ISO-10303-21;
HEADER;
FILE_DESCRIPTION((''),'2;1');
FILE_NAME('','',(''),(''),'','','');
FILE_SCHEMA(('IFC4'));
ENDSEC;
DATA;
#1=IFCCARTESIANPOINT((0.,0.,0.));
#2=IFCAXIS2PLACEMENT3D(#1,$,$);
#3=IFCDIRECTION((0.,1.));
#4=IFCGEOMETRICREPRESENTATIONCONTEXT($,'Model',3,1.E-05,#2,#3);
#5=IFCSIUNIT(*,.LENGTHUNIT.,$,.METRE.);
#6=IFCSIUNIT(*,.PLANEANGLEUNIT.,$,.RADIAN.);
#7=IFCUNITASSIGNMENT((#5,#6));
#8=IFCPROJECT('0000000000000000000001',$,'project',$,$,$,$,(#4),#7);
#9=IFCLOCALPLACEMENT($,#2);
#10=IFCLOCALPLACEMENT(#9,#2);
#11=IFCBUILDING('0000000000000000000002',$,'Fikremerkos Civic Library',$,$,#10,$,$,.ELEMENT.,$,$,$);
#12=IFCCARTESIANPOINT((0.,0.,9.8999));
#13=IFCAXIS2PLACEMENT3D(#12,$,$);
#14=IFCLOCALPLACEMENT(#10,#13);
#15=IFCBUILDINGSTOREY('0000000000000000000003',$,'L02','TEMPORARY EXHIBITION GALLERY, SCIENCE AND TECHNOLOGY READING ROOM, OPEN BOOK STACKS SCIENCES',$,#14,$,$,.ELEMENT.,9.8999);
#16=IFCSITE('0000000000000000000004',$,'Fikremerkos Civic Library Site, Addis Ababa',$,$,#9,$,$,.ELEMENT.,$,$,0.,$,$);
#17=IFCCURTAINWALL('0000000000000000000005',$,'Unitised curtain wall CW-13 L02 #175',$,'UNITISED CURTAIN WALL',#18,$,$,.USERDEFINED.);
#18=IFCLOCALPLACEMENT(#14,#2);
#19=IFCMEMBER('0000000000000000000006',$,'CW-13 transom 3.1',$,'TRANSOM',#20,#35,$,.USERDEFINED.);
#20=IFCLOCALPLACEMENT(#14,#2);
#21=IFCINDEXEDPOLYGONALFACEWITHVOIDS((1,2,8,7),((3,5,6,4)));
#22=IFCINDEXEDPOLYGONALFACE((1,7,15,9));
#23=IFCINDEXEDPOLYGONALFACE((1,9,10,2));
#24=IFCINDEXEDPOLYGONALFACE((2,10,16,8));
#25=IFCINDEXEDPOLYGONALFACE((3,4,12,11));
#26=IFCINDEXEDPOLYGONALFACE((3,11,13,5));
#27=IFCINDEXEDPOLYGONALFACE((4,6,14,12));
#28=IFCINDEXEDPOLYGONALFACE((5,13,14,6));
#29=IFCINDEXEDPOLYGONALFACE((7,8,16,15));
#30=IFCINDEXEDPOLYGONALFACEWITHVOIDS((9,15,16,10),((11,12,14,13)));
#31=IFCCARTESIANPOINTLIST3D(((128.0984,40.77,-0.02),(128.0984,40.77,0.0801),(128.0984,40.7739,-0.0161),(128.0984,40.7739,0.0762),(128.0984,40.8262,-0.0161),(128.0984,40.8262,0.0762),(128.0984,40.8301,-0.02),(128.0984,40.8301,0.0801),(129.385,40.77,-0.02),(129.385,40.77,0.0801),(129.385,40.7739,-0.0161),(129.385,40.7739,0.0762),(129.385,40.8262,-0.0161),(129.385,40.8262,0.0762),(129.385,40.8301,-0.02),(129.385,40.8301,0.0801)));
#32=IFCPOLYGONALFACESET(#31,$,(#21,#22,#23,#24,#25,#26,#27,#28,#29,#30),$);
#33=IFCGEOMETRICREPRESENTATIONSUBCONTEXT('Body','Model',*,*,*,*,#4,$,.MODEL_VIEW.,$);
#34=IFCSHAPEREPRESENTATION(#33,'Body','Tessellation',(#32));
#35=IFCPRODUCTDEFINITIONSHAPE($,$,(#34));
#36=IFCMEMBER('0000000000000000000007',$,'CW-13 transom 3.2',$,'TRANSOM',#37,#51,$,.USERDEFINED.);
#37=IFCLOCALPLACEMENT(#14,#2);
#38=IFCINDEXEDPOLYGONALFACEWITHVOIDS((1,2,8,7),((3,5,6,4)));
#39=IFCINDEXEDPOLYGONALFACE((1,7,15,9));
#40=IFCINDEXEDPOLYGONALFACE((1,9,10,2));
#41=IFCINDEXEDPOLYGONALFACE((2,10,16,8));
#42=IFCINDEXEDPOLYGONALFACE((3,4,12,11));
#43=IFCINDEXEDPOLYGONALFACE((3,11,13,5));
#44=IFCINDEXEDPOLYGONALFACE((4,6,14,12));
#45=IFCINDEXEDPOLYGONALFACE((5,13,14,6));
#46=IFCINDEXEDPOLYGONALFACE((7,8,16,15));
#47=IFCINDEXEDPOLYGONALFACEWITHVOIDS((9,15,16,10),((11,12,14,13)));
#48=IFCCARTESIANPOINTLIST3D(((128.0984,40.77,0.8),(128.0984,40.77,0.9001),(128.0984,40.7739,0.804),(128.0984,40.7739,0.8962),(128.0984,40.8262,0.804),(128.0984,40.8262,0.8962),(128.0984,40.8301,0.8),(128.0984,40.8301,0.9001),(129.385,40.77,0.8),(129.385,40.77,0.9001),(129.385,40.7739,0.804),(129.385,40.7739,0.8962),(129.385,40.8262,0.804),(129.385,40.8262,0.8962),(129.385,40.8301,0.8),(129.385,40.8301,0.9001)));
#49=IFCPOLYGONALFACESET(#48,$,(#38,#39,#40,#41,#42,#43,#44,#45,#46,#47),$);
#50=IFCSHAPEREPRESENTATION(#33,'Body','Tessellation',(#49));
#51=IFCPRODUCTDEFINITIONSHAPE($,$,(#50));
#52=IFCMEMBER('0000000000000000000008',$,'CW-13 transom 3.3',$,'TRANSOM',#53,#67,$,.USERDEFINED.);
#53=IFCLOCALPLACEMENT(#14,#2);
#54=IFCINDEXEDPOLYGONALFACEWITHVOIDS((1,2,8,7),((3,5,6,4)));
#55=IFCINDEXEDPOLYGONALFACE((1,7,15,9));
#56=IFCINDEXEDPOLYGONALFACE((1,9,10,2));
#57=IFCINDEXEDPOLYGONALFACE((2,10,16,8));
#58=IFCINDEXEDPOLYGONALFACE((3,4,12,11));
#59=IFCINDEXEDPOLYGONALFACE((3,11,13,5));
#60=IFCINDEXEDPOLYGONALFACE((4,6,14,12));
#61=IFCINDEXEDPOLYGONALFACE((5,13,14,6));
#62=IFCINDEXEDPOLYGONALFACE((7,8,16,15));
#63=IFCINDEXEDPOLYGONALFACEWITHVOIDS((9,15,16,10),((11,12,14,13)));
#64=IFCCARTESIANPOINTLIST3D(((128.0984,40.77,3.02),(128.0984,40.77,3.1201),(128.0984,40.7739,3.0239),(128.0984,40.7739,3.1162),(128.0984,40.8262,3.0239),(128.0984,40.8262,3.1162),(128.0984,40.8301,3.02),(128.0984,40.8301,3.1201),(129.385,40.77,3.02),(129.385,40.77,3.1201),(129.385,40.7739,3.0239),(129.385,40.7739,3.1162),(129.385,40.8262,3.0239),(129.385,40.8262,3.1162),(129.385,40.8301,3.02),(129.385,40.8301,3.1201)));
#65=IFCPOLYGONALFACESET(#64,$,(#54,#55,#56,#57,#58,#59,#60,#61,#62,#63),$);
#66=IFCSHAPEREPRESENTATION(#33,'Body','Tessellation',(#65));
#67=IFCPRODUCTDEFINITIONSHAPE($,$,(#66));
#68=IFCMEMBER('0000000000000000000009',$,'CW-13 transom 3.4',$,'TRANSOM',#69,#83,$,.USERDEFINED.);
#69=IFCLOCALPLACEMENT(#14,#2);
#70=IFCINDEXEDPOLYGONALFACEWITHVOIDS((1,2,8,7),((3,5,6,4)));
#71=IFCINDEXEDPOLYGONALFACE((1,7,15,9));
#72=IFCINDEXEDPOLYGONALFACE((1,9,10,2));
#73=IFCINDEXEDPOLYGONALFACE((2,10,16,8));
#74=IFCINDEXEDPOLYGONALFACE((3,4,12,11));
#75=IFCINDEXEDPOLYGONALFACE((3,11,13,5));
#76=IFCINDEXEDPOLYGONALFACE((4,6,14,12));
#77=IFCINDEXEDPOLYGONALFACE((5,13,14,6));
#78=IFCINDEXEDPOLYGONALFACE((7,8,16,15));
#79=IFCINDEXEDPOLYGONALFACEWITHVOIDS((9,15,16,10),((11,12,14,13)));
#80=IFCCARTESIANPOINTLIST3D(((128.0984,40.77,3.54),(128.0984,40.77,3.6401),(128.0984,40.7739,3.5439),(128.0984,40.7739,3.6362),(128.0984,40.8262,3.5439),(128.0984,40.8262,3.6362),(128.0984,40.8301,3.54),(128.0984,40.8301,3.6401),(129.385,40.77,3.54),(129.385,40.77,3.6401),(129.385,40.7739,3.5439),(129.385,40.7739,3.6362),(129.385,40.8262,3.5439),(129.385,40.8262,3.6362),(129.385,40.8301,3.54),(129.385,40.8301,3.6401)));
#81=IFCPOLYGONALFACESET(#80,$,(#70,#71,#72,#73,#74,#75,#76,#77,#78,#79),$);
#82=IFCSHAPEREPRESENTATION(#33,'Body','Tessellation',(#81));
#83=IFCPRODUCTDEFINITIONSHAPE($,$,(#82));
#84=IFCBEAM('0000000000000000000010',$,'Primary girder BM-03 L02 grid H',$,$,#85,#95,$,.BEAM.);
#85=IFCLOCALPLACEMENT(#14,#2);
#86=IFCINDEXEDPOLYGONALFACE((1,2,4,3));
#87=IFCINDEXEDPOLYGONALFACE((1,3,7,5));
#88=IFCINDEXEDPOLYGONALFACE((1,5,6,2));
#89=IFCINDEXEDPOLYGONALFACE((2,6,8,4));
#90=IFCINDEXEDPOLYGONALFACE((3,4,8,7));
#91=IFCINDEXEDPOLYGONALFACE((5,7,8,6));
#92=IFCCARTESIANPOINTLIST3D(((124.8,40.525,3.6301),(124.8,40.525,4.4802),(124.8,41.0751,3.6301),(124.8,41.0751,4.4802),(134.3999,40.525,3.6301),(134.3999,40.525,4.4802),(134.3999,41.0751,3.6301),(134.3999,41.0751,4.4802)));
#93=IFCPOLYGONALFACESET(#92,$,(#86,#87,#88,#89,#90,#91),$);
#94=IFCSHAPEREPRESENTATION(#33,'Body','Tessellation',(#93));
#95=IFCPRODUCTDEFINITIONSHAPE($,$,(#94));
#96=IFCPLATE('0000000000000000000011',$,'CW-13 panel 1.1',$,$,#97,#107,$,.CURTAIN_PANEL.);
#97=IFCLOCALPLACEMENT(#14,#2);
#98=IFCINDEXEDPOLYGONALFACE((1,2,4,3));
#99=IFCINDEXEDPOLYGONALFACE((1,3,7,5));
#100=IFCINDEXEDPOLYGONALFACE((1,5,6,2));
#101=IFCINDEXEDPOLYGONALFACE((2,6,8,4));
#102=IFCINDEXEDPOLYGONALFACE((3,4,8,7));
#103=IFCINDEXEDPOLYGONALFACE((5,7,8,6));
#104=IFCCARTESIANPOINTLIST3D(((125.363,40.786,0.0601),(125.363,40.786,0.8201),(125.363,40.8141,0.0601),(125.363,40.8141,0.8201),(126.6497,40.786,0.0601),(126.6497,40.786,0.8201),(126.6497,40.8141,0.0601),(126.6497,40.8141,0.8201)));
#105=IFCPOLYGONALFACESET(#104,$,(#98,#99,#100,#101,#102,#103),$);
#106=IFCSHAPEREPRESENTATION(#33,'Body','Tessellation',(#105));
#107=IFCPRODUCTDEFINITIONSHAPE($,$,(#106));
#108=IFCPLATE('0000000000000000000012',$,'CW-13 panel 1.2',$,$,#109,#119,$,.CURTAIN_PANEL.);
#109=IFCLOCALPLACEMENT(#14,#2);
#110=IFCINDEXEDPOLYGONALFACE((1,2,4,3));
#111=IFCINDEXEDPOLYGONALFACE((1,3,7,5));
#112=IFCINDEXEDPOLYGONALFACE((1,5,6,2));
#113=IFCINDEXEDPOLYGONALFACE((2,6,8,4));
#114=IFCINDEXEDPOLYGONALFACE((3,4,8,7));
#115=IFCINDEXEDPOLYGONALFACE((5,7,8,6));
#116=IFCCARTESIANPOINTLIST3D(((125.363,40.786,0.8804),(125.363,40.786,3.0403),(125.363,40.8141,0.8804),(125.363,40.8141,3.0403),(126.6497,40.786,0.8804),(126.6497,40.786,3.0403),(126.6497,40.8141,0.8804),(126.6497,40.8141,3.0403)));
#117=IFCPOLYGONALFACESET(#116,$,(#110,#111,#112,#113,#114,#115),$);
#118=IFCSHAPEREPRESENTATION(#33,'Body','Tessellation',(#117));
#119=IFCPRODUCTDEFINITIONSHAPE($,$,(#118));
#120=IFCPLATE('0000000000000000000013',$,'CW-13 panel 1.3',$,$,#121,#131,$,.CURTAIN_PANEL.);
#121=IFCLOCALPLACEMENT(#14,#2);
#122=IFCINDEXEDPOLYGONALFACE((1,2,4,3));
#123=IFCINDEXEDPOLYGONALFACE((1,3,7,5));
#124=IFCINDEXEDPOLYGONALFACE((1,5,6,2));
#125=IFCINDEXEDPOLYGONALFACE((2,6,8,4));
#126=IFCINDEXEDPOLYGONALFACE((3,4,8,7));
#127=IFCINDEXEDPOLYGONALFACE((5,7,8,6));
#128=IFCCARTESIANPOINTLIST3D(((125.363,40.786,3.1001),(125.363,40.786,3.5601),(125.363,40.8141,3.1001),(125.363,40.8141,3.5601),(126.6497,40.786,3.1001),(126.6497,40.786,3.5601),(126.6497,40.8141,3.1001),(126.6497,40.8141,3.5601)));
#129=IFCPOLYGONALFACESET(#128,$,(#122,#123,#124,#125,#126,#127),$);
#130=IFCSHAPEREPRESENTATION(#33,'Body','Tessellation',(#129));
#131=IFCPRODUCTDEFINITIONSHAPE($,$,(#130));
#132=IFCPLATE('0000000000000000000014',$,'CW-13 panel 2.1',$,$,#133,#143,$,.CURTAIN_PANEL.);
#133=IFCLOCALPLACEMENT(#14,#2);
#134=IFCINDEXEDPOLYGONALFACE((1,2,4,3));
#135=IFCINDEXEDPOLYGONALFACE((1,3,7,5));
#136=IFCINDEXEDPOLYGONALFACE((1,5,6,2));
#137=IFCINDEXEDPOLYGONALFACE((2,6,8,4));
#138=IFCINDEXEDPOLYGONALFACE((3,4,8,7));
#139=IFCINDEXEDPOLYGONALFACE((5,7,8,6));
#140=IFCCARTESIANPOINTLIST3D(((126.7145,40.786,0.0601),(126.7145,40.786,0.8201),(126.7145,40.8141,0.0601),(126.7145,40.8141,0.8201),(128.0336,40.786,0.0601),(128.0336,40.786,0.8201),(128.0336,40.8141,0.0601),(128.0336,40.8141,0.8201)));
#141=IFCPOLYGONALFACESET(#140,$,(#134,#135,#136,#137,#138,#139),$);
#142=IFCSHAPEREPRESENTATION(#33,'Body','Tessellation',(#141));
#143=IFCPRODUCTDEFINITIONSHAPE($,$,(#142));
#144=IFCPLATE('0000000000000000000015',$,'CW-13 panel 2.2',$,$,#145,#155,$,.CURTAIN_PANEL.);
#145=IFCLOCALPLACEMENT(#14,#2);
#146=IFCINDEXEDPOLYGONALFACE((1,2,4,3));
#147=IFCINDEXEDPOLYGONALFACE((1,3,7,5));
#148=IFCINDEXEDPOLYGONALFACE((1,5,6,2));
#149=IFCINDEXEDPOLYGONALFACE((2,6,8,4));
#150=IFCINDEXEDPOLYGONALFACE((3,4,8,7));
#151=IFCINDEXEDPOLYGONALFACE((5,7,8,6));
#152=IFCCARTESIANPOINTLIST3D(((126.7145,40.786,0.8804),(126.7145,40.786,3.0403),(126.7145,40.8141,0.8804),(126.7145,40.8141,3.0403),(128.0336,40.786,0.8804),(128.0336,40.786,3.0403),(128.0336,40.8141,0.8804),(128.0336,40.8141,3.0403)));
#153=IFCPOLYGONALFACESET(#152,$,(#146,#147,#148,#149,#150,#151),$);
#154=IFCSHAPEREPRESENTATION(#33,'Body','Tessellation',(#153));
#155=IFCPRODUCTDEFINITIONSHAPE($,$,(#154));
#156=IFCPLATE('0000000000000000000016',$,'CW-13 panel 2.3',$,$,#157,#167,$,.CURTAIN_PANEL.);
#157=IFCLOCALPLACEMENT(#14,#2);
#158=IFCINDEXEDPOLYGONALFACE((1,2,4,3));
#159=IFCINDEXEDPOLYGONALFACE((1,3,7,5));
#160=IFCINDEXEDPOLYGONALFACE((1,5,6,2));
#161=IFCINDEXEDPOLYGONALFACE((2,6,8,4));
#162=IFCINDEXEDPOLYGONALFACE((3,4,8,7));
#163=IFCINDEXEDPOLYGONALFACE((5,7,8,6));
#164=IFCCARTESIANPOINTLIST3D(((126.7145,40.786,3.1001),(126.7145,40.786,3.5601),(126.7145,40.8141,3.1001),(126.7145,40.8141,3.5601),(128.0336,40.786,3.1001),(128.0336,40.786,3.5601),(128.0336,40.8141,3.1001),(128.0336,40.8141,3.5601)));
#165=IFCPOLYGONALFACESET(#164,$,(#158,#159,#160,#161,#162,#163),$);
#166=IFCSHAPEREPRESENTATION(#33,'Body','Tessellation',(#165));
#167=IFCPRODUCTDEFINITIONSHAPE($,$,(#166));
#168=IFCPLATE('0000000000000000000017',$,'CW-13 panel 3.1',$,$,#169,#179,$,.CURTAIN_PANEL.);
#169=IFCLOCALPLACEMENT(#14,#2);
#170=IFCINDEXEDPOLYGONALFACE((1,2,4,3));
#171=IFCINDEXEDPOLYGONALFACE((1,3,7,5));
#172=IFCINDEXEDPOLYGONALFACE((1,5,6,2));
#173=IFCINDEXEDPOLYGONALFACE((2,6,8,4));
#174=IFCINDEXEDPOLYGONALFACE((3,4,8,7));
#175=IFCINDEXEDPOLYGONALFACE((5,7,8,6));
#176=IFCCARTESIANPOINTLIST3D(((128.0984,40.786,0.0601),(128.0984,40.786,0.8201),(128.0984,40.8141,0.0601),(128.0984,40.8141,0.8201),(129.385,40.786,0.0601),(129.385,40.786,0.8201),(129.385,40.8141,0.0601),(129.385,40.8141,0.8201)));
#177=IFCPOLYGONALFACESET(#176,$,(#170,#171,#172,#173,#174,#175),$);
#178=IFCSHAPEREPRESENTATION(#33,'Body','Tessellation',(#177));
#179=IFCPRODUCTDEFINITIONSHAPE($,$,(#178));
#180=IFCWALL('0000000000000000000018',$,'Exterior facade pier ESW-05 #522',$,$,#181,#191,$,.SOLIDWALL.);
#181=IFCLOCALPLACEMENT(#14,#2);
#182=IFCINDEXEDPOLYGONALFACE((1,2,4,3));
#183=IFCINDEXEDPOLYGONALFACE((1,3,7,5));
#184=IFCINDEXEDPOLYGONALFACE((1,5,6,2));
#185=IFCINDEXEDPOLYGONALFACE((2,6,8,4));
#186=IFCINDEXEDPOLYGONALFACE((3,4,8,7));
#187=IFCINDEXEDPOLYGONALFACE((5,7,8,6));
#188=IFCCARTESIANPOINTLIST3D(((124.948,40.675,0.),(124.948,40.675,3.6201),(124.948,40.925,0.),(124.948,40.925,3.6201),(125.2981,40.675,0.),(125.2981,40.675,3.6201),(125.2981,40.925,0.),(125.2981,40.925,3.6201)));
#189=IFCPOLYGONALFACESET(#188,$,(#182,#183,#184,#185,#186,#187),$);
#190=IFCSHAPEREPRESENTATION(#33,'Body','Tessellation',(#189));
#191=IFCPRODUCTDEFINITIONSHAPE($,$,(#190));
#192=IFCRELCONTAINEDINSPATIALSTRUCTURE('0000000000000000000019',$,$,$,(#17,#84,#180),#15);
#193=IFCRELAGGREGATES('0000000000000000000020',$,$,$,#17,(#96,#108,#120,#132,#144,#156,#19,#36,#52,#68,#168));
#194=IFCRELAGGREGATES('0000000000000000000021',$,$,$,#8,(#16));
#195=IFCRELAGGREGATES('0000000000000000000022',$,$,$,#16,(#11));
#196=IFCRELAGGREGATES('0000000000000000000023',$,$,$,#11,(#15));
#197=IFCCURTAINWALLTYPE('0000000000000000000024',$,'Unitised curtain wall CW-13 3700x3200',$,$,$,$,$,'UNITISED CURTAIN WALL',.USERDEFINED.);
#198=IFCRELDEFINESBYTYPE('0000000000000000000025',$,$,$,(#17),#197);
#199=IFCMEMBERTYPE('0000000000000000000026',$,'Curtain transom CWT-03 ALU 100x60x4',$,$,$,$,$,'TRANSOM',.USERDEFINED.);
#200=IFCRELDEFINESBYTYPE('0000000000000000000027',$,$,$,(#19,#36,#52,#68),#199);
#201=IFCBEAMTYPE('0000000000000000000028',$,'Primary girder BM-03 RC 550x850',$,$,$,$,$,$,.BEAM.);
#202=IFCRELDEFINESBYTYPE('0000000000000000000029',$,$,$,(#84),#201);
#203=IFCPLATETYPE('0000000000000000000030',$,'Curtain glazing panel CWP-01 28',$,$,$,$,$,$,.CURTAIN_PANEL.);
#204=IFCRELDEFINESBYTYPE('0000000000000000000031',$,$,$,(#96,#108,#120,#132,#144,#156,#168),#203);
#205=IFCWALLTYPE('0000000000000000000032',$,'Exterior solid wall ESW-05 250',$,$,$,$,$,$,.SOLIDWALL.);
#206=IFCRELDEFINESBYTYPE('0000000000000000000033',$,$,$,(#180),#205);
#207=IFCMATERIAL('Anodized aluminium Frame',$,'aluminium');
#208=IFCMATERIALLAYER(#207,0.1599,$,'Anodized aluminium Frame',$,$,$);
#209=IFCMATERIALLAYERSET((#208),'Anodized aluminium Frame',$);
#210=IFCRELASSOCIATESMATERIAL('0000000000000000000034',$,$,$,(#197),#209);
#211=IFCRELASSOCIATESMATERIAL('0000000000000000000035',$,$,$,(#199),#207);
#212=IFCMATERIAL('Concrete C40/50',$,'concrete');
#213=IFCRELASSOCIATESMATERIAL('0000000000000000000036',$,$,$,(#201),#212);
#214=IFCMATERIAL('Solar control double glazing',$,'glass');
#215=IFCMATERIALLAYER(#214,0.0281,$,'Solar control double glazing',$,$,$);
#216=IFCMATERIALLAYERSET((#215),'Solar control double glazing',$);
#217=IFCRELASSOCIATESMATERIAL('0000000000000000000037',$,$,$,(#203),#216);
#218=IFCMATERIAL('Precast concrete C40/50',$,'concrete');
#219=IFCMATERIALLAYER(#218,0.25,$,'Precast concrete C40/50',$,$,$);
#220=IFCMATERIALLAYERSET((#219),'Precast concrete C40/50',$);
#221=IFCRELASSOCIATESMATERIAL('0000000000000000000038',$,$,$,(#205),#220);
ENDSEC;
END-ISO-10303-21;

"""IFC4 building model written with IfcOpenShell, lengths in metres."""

from ifc_helpers import new_model, si_unit, direction, frame, frame_2d, origin, origin_2d, place, context, subcontext, project, spatial, rectangle, hollow_rectangle, extrude, material, layer, layer_set, material_profile, profile_set, type_object, element, aggregate, save


model = new_model("IFC4")

# Units and contexts
model_context = context("Model", 3, precision=1e-05, world=origin(), true_north=direction((0.0, 1.0)))
body_context = subcontext(model_context, "Body", "Model", "MODEL_VIEW")
ifc_project = project(units=[si_unit("LENGTHUNIT", "METRE"), si_unit("PLANEANGLEUNIT", "RADIAN")], contexts=[model_context])

# Site, building, storey
site_placement = place(None, origin())
site = spatial("IfcSite", under=ifc_project, at=site_placement, Name="Fikremerkos Civic Library Site, Addis Ababa", CompositionType="ELEMENT", RefElevation=0.0)
building_placement = place(site_placement, origin())
building = spatial("IfcBuilding", under=site, at=building_placement, Name="Fikremerkos Civic Library", CompositionType="ELEMENT")
storey_placement = place(building_placement, frame((0.0, 0.0, 9.8999)))
storey = spatial("IfcBuildingStorey", under=building, at=storey_placement, Name="L02", Description="TEMPORARY EXHIBITION GALLERY, SCIENCE AND TECHNOLOGY READING ROOM, OPEN BOOK STACKS SCIENCES", CompositionType="ELEMENT", Elevation=9.8999)

# Curtain wall, members
ifc_material_1 = material(Name="Anodized aluminium Frame", Category="aluminium")
ifc_layer_1 = layer(ifc_material_1, 0.1599, Name="Anodized aluminium Frame")
ifc_layer_set_1 = layer_set([ifc_layer_1], Name="Anodized aluminium Frame")
curtain_wall_type = type_object("IfcCurtainWallType", Name="Unitised curtain wall CW-13 3700x3200", ElementType="UNITISED CURTAIN WALL", PredefinedType="USERDEFINED", material=ifc_layer_set_1)
curtain_wall_placement = place(storey_placement, origin())
curtain_wall = element("IfcCurtainWall", 1, at=curtain_wall_placement, inside=storey, type_object=curtain_wall_type, Name="Unitised curtain wall CW-13 L02 #175", ObjectType="UNITISED CURTAIN WALL", PredefinedType="USERDEFINED")
ifc_material_profile_1 = material_profile(ifc_material_1, hollow_rectangle(XDim=0.0601, YDim=0.1001, WallThickness=0.0039, at=origin_2d()), Name="ALU 100x60x4")
ifc_profile_set_1 = profile_set([ifc_material_profile_1], Name="Anodized aluminium Frame")
member_type_1 = type_object("IfcMemberType", Name="Curtain transom CWT-03 ALU 100x60x4", ElementType="TRANSOM", PredefinedType="USERDEFINED", material=ifc_profile_set_1)
member_1_placement = place(storey_placement, frame((128.0984, 40.8, 0.03), z_axis=(1.0, 0.0, 0.0), x_axis=(0.0, 1.0, 0.0)))
member_1 = element("IfcMember", 2, at=member_1_placement, type_object=member_type_1, Name="CW-13 transom 3.1", ObjectType="TRANSOM", PredefinedType="USERDEFINED", context=body_context, shape_type="SweptSolid", body=[
    extrude(hollow_rectangle(XDim=0.0601, YDim=0.1001, WallThickness=0.0039, at=origin_2d()), origin(), (0.0, 0.0, 1.0), 1.2866),
])
member_2_placement = place(storey_placement, frame((128.0984, 40.8, 0.8501), z_axis=(1.0, 0.0, 0.0), x_axis=(0.0, 1.0, 0.0)))
member_2 = element("IfcMember", 3, at=member_2_placement, type_object=member_type_1, Name="CW-13 transom 3.2", ObjectType="TRANSOM", PredefinedType="USERDEFINED", context=body_context, shape_type="SweptSolid", body=[
    extrude(hollow_rectangle(XDim=0.0601, YDim=0.1001, WallThickness=0.0039, at=origin_2d()), origin(), (0.0, 0.0, 1.0), 1.2866),
])
member_3_placement = place(storey_placement, frame((128.0984, 40.8, 3.0701), z_axis=(1.0, 0.0, 0.0), x_axis=(0.0, 1.0, 0.0)))
member_3 = element("IfcMember", 4, at=member_3_placement, type_object=member_type_1, Name="CW-13 transom 3.3", ObjectType="TRANSOM", PredefinedType="USERDEFINED", context=body_context, shape_type="SweptSolid", body=[
    extrude(hollow_rectangle(XDim=0.0601, YDim=0.1001, WallThickness=0.0039, at=origin_2d()), origin(), (0.0, 0.0, 1.0), 1.2866),
])
member_4_placement = place(storey_placement, frame((128.0984, 40.8, 3.5901), z_axis=(1.0, 0.0, 0.0), x_axis=(0.0, 1.0, 0.0)))
member_4 = element("IfcMember", 5, at=member_4_placement, type_object=member_type_1, Name="CW-13 transom 3.4", ObjectType="TRANSOM", PredefinedType="USERDEFINED", context=body_context, shape_type="SweptSolid", body=[
    extrude(hollow_rectangle(XDim=0.0601, YDim=0.1001, WallThickness=0.0039, at=origin_2d()), origin(), (0.0, 0.0, 1.0), 1.2866),
])

# Beam
ifc_material_2 = material(Name="Concrete C40/50", Category="concrete")
ifc_material_profile_2 = material_profile(ifc_material_2, rectangle(XDim=0.55, YDim=0.8501, at=origin_2d()), Name="RC 550x850")
ifc_profile_set_2 = profile_set([ifc_material_profile_2], Name="Concrete C40/50")
beam_type = type_object("IfcBeamType", Name="Primary girder BM-03 RC 550x850", PredefinedType="BEAM", material=ifc_profile_set_2)
beam_placement = place(storey_placement, frame((124.8, 40.8, 4.0552), z_axis=(1.0, 0.0, 0.0), x_axis=(0.0, 1.0, 0.0)))
element("IfcBeam", 6, at=beam_placement, inside=storey, type_object=beam_type, Name="Primary girder BM-03 L02 grid H", PredefinedType="BEAM", context=body_context, shape_type="SweptSolid", body=[
    extrude(rectangle(XDim=0.55, YDim=0.8501, at=origin_2d()), origin(), (0.0, 0.0, 1.0), 9.5999),
])

# Plates
ifc_material_3 = material(Name="Solar control double glazing", Category="glass")
ifc_layer_2 = layer(ifc_material_3, 0.0281, Name="Solar control double glazing")
ifc_layer_set_2 = layer_set([ifc_layer_2], Name="Solar control double glazing")
plate_type = type_object("IfcPlateType", Name="Curtain glazing panel CWP-01 28", PredefinedType="CURTAIN_PANEL", material=ifc_layer_set_2)
plate_1_placement = place(storey_placement, frame((126.0063, 40.8, 0.0601), z_axis=(0.0, 0.0, 1.0), x_axis=(1.0, 0.0, 0.0)))
plate_1 = element("IfcPlate", 7, at=plate_1_placement, type_object=plate_type, Name="CW-13 panel 1.1", PredefinedType="CURTAIN_PANEL", context=body_context, shape_type="SweptSolid", body=[
    extrude(rectangle(XDim=1.2866, YDim=0.0281, at=origin_2d()), origin(), (0.0, 0.0, 1.0), 0.76),
])
plate_2_placement = place(storey_placement, frame((126.0063, 40.8, 0.8804), z_axis=(0.0, 0.0, 1.0), x_axis=(1.0, 0.0, 0.0)))
plate_2 = element("IfcPlate", 8, at=plate_2_placement, type_object=plate_type, Name="CW-13 panel 1.2", PredefinedType="CURTAIN_PANEL", context=body_context, shape_type="SweptSolid", body=[
    extrude(rectangle(XDim=1.2866, YDim=0.0281, at=origin_2d()), origin(), (0.0, 0.0, 1.0), 2.1599),
])
plate_3_placement = place(storey_placement, frame((126.0063, 40.8, 3.1001), z_axis=(0.0, 0.0, 1.0), x_axis=(1.0, 0.0, 0.0)))
plate_3 = element("IfcPlate", 9, at=plate_3_placement, type_object=plate_type, Name="CW-13 panel 1.3", PredefinedType="CURTAIN_PANEL", context=body_context, shape_type="SweptSolid", body=[
    extrude(rectangle(XDim=1.2866, YDim=0.0281, at=origin_2d()), origin(), (0.0, 0.0, 1.0), 0.46),
])
plate_4_placement = place(storey_placement, frame((127.374, 40.8, 0.0601), z_axis=(0.0, 0.0, 1.0), x_axis=(1.0, 0.0, 0.0)))
plate_4 = element("IfcPlate", 10, at=plate_4_placement, type_object=plate_type, Name="CW-13 panel 2.1", PredefinedType="CURTAIN_PANEL", context=body_context, shape_type="SweptSolid", body=[
    extrude(rectangle(XDim=1.3191, YDim=0.0281, at=origin_2d()), origin(), (0.0, 0.0, 1.0), 0.76),
])
plate_5_placement = place(storey_placement, frame((127.374, 40.8, 0.8804), z_axis=(0.0, 0.0, 1.0), x_axis=(1.0, 0.0, 0.0)))
plate_5 = element("IfcPlate", 11, at=plate_5_placement, type_object=plate_type, Name="CW-13 panel 2.2", PredefinedType="CURTAIN_PANEL", context=body_context, shape_type="SweptSolid", body=[
    extrude(rectangle(XDim=1.3191, YDim=0.0281, at=origin_2d()), origin(), (0.0, 0.0, 1.0), 2.1599),
])
plate_6_placement = place(storey_placement, frame((127.374, 40.8, 3.1001), z_axis=(0.0, 0.0, 1.0), x_axis=(1.0, 0.0, 0.0)))
plate_6 = element("IfcPlate", 12, at=plate_6_placement, type_object=plate_type, Name="CW-13 panel 2.3", PredefinedType="CURTAIN_PANEL", context=body_context, shape_type="SweptSolid", body=[
    extrude(rectangle(XDim=1.3191, YDim=0.0281, at=origin_2d()), origin(), (0.0, 0.0, 1.0), 0.46),
])
plate_7_placement = place(storey_placement, frame((128.7417, 40.8, 0.0601), z_axis=(0.0, 0.0, 1.0), x_axis=(1.0, 0.0, 0.0)))
plate_7 = element("IfcPlate", 13, at=plate_7_placement, type_object=plate_type, Name="CW-13 panel 3.1", PredefinedType="CURTAIN_PANEL", context=body_context, shape_type="SweptSolid", body=[
    extrude(rectangle(XDim=1.2866, YDim=0.0281, at=origin_2d()), origin(), (0.0, 0.0, 1.0), 0.76),
])
aggregate(curtain_wall, [plate_1, plate_2, plate_3, plate_4, plate_5, plate_6, member_1, member_2, member_3, member_4, plate_7])

# Wall
ifc_material_4 = material(Name="Precast concrete C40/50", Category="concrete")
ifc_layer_3 = layer(ifc_material_4, 0.25, Name="Precast concrete C40/50")
ifc_layer_set_3 = layer_set([ifc_layer_3], Name="Precast concrete C40/50")
wall_type = type_object("IfcWallType", Name="Exterior solid wall ESW-05 250", PredefinedType="SOLIDWALL", material=ifc_layer_set_3)
wall_placement = place(storey_placement, frame((124.948, 40.8, 0.0), z_axis=(0.0, 0.0, 1.0), x_axis=(1.0, 0.0, 0.0)))
element("IfcWall", 14, at=wall_placement, inside=storey, type_object=wall_type, Name="Exterior facade pier ESW-05 #522", PredefinedType="SOLIDWALL", context=body_context, shape_type="SweptSolid", body=[
    extrude(rectangle(XDim=0.3501, YDim=0.25, at=frame_2d((0.175, 0.0))), origin(), (0.0, 0.0, 1.0), 3.6201),
])

save(model, "model.ifc")
